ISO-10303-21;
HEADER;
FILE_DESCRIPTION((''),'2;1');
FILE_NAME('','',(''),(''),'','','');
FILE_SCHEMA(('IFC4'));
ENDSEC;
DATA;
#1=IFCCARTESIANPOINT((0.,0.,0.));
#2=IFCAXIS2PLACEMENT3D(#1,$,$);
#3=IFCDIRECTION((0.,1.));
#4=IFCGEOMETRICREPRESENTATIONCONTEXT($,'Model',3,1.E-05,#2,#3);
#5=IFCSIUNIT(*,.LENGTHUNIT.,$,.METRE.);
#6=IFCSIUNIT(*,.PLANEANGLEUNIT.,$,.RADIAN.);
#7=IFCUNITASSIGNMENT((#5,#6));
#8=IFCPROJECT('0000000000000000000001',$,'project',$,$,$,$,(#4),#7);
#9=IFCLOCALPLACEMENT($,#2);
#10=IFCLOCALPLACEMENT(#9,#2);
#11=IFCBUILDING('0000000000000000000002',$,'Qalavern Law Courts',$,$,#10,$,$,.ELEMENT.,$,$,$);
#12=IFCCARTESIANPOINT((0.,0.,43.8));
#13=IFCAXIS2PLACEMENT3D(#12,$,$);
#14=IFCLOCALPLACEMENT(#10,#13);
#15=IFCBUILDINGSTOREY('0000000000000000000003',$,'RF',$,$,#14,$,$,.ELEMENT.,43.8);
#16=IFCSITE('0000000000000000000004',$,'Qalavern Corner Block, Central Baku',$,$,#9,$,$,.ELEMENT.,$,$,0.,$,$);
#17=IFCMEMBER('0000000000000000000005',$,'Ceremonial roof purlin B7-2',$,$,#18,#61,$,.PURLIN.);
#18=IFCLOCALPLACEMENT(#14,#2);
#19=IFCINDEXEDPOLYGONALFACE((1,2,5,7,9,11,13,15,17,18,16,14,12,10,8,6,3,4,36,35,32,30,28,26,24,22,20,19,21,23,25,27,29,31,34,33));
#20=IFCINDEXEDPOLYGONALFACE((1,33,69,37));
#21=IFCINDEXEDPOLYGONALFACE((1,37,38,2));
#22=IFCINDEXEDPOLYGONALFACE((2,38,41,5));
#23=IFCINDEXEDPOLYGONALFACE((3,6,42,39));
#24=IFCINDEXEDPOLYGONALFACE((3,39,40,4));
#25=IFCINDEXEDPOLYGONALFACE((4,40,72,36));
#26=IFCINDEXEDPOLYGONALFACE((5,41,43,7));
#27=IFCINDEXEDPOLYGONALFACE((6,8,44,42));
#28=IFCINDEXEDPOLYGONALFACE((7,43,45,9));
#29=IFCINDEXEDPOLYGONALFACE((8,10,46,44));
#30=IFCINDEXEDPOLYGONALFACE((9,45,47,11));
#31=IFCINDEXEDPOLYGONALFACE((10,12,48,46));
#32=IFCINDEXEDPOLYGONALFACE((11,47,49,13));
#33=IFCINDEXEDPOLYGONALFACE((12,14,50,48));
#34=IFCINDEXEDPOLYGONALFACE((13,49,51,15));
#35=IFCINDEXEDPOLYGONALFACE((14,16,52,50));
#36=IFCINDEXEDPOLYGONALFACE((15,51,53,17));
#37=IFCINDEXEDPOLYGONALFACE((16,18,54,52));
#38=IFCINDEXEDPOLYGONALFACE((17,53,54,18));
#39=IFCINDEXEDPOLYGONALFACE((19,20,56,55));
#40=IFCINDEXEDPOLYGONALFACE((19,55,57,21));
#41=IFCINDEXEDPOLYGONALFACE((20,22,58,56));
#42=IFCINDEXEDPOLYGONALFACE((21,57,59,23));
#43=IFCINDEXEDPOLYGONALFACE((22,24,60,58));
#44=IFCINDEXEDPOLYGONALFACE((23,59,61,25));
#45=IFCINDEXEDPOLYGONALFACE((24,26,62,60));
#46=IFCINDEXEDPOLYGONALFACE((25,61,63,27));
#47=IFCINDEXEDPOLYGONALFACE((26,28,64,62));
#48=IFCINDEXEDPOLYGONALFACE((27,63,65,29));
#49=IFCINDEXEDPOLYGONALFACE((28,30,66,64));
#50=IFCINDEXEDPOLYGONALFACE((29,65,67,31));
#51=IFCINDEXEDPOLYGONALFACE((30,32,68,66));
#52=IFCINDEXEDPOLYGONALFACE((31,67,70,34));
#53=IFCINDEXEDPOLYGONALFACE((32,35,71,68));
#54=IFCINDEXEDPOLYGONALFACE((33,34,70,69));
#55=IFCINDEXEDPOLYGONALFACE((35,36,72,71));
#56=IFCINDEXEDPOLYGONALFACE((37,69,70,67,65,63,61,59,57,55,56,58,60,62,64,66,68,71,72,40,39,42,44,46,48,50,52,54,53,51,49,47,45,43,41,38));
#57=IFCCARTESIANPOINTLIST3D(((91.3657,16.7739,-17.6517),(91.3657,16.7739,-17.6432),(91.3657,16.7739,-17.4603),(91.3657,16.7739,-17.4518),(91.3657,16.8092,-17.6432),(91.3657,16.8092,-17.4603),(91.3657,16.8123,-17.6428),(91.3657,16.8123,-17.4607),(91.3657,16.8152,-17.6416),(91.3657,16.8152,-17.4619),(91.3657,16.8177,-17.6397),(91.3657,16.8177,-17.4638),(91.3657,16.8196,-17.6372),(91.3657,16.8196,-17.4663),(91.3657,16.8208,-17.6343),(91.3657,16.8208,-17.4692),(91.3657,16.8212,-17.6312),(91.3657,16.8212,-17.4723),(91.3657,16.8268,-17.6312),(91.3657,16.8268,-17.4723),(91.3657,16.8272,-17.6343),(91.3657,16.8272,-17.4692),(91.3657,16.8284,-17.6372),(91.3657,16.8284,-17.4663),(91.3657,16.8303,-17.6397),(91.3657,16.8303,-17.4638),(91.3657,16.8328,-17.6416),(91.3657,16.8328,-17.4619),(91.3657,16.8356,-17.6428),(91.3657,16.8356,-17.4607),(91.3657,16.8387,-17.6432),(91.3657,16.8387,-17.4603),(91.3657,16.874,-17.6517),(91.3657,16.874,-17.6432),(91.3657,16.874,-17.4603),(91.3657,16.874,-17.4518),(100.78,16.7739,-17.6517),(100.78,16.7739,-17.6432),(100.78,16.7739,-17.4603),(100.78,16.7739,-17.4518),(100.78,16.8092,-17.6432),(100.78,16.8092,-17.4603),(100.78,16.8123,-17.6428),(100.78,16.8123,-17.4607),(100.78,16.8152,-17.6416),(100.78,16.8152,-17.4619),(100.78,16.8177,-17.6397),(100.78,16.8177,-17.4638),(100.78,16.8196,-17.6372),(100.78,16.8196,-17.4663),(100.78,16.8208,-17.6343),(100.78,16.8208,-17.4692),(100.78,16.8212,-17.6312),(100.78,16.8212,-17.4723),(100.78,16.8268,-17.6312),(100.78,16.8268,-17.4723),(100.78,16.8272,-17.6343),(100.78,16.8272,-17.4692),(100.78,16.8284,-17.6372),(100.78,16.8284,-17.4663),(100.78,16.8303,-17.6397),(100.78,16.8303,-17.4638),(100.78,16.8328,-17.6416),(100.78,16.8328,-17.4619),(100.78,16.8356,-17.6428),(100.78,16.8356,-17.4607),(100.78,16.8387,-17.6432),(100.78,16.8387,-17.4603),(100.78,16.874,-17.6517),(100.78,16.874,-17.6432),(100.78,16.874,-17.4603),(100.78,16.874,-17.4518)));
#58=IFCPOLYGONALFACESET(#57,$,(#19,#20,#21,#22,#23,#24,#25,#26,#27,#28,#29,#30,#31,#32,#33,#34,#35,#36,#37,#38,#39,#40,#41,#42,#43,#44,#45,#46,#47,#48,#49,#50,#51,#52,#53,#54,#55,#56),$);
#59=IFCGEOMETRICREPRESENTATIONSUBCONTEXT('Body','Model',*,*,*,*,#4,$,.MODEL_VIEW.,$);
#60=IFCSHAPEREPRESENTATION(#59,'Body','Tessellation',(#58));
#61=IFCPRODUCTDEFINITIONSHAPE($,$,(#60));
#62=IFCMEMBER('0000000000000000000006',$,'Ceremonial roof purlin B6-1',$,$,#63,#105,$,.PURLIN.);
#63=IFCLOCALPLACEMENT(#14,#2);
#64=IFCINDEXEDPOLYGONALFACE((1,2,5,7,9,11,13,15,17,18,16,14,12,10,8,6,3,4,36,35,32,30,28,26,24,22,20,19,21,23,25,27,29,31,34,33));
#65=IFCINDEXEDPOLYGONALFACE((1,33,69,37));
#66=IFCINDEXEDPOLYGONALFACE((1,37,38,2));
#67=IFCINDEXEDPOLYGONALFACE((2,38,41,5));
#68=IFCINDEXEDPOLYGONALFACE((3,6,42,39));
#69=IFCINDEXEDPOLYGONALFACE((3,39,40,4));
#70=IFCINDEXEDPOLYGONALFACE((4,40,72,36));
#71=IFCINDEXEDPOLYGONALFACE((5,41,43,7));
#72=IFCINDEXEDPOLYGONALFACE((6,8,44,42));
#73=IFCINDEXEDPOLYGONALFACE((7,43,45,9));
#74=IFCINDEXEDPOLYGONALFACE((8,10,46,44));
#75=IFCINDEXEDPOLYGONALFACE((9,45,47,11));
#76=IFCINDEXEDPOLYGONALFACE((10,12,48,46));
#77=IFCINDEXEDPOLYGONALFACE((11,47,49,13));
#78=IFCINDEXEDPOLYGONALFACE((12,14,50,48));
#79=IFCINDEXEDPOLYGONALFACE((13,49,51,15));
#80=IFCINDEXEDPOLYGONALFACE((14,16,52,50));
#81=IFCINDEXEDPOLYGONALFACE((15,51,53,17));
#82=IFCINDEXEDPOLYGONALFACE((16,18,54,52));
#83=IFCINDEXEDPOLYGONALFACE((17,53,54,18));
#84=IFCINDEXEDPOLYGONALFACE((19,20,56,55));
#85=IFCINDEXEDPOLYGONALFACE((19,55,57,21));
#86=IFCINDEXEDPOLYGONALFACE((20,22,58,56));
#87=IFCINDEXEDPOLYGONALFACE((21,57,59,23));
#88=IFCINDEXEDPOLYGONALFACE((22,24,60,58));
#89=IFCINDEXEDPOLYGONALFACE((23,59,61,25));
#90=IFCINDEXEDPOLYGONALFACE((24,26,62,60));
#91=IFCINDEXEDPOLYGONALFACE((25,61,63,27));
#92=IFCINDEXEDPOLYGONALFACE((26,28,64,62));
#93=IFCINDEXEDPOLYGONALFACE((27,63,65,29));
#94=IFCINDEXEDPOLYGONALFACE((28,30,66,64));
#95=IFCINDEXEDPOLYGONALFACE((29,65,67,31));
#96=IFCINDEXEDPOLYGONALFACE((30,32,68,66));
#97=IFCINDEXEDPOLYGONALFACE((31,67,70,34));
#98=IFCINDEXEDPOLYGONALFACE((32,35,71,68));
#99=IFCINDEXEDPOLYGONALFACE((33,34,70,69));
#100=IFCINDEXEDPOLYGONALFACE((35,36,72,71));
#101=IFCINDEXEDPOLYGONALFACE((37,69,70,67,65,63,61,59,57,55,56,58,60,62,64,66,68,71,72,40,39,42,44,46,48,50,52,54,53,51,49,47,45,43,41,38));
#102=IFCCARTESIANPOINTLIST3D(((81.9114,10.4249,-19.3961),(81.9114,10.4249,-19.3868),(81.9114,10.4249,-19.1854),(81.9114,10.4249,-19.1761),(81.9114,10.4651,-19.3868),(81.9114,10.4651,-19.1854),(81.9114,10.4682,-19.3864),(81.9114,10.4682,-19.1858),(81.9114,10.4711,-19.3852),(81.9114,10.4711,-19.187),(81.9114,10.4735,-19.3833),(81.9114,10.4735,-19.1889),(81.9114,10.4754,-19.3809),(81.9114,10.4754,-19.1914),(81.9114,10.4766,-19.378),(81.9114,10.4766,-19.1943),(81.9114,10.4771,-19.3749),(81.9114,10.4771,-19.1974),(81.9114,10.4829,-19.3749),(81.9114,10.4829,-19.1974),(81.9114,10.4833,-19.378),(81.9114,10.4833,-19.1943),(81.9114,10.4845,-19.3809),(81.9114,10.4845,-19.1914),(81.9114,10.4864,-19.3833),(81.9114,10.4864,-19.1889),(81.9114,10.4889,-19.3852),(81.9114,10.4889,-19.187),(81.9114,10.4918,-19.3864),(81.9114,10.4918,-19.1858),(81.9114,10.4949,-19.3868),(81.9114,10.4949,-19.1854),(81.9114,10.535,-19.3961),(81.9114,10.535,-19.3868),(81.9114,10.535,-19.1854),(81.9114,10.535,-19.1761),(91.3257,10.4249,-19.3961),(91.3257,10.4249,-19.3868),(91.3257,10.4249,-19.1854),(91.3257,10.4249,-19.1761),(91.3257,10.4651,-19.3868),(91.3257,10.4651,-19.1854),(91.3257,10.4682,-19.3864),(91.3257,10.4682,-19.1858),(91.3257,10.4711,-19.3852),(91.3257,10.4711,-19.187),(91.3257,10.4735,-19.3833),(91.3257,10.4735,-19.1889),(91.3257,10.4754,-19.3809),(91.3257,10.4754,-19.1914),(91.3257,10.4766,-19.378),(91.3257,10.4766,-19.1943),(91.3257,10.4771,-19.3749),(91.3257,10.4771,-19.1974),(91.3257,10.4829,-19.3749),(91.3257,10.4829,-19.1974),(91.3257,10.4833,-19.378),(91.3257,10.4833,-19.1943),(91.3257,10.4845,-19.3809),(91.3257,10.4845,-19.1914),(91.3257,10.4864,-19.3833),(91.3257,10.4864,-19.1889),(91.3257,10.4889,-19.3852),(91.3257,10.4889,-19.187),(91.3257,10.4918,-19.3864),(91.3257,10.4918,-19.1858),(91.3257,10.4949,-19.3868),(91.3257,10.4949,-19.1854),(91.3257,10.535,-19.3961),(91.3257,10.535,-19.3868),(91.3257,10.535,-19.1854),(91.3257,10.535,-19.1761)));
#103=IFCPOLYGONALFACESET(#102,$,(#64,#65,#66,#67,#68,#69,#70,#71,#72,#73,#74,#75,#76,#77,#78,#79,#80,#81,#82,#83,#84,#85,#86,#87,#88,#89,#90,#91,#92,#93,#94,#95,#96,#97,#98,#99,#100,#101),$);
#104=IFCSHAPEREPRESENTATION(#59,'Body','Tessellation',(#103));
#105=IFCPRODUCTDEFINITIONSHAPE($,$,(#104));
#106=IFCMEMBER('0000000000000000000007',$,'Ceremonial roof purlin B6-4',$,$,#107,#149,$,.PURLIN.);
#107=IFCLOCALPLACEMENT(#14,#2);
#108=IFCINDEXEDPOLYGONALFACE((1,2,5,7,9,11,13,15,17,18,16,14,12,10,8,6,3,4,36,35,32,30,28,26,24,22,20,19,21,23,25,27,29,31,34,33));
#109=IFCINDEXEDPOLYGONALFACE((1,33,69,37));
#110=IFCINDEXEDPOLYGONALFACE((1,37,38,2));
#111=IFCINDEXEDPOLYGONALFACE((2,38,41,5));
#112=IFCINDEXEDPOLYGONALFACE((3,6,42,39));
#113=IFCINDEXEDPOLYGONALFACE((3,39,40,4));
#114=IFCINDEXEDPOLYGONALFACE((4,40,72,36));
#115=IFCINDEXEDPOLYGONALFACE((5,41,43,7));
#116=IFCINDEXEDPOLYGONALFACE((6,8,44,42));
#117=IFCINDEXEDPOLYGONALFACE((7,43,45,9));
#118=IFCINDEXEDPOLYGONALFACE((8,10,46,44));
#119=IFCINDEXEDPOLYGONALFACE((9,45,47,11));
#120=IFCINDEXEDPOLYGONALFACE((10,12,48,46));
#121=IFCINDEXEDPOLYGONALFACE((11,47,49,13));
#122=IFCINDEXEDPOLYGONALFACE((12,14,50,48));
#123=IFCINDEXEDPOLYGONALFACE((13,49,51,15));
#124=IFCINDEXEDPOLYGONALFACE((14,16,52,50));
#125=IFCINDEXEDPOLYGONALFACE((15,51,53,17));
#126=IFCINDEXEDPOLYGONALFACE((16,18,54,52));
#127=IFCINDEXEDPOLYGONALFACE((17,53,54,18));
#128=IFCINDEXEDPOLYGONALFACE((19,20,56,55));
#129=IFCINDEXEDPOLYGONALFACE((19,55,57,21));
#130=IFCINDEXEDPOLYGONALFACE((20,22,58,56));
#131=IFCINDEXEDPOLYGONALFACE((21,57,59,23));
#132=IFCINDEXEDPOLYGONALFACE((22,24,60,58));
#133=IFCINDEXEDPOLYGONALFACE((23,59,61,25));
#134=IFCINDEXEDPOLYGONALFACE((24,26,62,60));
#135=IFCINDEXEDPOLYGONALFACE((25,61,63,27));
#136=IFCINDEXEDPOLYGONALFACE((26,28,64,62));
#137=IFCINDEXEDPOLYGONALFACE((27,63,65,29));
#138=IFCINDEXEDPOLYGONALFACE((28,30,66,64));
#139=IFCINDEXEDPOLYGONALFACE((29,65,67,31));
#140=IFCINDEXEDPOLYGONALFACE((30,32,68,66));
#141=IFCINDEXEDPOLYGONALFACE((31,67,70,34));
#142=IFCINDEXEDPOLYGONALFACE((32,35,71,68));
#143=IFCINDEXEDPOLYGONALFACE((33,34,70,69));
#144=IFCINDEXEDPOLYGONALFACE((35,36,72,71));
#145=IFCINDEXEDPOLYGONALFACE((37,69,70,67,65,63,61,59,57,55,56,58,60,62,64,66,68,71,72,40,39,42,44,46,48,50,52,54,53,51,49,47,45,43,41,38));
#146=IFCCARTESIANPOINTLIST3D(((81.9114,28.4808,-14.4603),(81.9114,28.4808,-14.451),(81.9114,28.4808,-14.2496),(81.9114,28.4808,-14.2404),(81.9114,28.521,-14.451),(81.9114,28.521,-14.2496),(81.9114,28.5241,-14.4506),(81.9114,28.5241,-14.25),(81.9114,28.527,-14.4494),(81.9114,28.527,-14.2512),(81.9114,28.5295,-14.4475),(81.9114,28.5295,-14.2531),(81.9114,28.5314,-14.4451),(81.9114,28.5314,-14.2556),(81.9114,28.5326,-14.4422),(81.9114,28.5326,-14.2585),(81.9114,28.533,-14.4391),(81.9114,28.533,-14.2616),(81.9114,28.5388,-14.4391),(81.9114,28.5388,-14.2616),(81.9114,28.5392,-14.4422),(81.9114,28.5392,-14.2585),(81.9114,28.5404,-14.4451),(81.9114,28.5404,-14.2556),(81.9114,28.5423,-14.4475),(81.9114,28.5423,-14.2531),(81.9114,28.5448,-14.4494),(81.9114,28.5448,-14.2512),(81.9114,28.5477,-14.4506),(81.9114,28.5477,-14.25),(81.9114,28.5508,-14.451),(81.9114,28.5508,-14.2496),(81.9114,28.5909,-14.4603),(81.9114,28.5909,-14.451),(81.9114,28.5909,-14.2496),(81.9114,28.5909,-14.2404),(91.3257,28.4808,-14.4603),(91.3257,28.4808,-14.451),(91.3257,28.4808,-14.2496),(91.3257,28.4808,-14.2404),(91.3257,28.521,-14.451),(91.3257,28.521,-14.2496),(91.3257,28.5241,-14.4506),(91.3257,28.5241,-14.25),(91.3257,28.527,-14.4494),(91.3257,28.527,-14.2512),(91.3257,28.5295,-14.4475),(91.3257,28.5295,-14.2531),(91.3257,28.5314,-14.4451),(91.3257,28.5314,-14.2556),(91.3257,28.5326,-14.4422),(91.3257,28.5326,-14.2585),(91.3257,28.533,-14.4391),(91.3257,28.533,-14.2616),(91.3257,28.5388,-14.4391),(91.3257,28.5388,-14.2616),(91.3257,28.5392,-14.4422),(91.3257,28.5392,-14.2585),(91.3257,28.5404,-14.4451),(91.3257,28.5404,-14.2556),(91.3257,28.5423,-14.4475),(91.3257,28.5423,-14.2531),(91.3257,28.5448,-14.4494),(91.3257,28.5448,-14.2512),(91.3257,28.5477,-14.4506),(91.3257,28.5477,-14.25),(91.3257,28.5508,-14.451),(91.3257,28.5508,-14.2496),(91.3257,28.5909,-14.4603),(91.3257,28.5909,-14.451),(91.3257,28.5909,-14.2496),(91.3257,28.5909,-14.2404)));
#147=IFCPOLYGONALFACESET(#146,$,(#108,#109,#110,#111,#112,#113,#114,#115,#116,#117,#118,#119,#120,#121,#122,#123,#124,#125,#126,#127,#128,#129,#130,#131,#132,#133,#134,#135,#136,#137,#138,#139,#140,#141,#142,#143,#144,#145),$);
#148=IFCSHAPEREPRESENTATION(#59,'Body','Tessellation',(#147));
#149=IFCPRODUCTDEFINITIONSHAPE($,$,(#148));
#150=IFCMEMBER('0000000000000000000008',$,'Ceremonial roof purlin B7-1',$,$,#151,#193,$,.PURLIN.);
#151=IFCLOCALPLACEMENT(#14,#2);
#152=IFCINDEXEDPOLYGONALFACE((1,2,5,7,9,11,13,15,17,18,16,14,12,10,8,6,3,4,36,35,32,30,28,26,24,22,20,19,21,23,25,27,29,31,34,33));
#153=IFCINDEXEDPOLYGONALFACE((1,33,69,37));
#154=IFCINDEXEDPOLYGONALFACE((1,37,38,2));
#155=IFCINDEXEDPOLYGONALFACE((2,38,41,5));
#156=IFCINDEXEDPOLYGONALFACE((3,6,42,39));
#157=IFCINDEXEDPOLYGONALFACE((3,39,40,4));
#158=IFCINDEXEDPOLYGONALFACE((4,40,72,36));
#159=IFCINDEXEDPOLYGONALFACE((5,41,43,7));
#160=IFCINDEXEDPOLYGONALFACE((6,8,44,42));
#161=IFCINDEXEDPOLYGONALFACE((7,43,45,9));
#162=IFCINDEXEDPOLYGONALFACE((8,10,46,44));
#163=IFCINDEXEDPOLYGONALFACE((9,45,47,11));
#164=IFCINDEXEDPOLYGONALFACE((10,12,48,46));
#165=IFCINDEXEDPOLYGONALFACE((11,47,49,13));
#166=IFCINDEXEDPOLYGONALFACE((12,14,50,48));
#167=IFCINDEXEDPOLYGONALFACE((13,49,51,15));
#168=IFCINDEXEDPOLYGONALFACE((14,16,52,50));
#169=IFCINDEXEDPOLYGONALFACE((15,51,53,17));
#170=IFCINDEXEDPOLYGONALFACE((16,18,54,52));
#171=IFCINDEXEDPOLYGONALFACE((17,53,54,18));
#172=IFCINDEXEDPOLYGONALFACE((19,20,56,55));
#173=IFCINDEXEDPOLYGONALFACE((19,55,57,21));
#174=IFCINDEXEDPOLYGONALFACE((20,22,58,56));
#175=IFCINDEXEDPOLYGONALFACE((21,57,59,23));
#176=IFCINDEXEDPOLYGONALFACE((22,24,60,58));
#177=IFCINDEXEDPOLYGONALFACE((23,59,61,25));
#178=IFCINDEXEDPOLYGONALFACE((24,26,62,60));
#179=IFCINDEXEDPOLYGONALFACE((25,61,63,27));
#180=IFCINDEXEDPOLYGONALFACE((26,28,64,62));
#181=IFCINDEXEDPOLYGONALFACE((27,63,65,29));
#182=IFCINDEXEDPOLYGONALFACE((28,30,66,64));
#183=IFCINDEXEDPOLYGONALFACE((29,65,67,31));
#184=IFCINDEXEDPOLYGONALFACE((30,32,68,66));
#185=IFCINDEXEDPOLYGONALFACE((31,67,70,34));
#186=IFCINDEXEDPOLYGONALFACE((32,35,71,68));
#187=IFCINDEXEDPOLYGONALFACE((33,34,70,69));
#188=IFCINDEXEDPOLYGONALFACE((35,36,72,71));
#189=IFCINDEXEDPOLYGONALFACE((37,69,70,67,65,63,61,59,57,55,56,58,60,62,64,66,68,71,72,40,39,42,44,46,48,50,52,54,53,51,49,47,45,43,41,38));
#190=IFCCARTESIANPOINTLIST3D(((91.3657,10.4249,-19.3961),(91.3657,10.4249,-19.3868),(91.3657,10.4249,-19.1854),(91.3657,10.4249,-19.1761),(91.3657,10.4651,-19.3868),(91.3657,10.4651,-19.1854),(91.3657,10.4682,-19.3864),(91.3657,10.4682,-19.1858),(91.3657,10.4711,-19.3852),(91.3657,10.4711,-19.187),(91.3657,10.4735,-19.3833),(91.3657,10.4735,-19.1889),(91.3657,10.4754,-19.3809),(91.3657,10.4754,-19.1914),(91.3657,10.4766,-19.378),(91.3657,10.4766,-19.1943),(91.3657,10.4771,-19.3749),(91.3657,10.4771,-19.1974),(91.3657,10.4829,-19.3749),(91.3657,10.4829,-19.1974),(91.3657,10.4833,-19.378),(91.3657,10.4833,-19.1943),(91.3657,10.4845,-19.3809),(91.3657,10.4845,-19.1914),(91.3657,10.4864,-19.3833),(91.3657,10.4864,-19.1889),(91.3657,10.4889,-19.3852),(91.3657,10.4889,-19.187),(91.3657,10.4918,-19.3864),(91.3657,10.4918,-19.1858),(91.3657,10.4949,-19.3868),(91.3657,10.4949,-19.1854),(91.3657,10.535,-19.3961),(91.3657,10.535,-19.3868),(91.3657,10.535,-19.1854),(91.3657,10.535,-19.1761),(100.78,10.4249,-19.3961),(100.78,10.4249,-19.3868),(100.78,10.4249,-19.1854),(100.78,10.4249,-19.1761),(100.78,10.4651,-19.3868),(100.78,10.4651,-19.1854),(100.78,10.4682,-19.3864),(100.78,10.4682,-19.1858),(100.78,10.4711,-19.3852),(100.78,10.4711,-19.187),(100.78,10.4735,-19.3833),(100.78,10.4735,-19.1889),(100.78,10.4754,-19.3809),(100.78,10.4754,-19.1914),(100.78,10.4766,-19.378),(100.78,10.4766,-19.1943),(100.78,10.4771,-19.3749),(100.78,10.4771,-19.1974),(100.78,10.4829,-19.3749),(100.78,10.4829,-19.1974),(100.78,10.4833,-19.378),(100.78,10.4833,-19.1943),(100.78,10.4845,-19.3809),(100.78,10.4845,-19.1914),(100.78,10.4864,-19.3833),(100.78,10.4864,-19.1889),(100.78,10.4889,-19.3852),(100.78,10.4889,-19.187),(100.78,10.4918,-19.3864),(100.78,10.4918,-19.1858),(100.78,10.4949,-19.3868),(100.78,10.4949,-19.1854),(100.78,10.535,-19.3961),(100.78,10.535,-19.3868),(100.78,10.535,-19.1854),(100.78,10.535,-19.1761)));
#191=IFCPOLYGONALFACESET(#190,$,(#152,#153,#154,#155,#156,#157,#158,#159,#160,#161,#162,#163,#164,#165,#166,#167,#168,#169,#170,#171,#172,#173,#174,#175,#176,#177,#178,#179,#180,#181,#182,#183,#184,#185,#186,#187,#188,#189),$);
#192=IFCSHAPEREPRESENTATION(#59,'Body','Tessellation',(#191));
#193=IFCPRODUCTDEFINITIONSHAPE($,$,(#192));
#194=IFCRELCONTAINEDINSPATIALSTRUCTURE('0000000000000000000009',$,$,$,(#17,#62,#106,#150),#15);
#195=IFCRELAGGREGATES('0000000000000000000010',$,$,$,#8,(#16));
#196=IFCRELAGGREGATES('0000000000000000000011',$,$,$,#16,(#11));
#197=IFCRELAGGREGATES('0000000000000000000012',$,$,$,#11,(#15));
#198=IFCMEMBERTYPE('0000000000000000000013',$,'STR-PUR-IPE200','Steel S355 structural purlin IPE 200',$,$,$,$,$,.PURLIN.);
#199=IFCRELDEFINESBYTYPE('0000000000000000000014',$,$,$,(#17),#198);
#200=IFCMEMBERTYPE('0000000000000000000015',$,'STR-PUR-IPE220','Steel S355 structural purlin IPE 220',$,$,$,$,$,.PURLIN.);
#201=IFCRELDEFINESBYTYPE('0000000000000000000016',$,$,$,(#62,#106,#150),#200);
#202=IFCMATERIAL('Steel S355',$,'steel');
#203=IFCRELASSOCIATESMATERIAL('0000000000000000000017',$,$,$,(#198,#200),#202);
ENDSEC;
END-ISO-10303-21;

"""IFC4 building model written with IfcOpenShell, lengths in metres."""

from ifc_helpers import new_model, si_unit, direction, frame, origin, origin_2d, place, context, subcontext, project, spatial, i_section, extrude, material, material_profile, profile_set, type_object, element, save


model = new_model("IFC4")

# Units and contexts
model_context = context("Model", 3, precision=1e-05, world=origin(), true_north=direction((0.0, 1.0)))
body_context = subcontext(model_context, "Body", "Model", "MODEL_VIEW")
ifc_project = project(units=[si_unit("LENGTHUNIT", "METRE"), si_unit("PLANEANGLEUNIT", "RADIAN")], contexts=[model_context])

# Site, building, storey
site_placement = place(None, origin())
site = spatial("IfcSite", under=ifc_project, at=site_placement, Name="Qalavern Corner Block, Central Baku", CompositionType="ELEMENT", RefElevation=0.0)
building_placement = place(site_placement, origin())
building = spatial("IfcBuilding", under=site, at=building_placement, Name="Qalavern Law Courts", CompositionType="ELEMENT")
storey_placement = place(building_placement, frame((0.0, 0.0, 43.8)))
storey = spatial("IfcBuildingStorey", under=building, at=storey_placement, Name="RF", CompositionType="ELEMENT", Elevation=43.8)

# Shared definitions
ifc_material_1 = material(Name="Steel S355", Category="steel")

# Members
ifc_material_profile_1 = material_profile(ifc_material_1, i_section(OverallWidth=0.1001, OverallDepth=0.2, WebThickness=0.0056, FlangeThickness=0.0085, FilletRadius=0.012, at=origin_2d()), Name="IPE 200")
ifc_profile_set_1 = profile_set([ifc_material_profile_1], Name="Steel S355")
member_type_1 = type_object("IfcMemberType", Name="STR-PUR-IPE200", Description="Steel S355 structural purlin IPE 200", PredefinedType="PURLIN", material=ifc_profile_set_1)
for number, where, z_axis, x_axis, name in (
    (1, (91.3657, 16.824, -17.5518), (1.0, 0.0, 0.0), (0.0, 1.0, 0.0), "Ceremonial roof purlin B7-2"),
):
    element("IfcMember", number, at=place(storey_placement, frame(where, z_axis=z_axis, x_axis=x_axis)), inside=storey, type_object=member_type_1, Name=name, PredefinedType="PURLIN", context=body_context, shape_type="SweptSolid", body=[
        extrude(i_section(OverallWidth=0.1001, OverallDepth=0.2, WebThickness=0.0056, FlangeThickness=0.0085, FilletRadius=0.012, at=origin_2d()), origin(), (0.0, 0.0, 1.0), 9.4143),
    ])
ifc_material_profile_2 = material_profile(ifc_material_1, i_section(OverallWidth=0.1101, OverallDepth=0.22, WebThickness=0.0059, FlangeThickness=0.0093, FilletRadius=0.012, at=origin_2d()), Name="IPE 220")
ifc_profile_set_2 = profile_set([ifc_material_profile_2], Name="Steel S355")
member_type_2 = type_object("IfcMemberType", Name="STR-PUR-IPE220", Description="Steel S355 structural purlin IPE 220", PredefinedType="PURLIN", material=ifc_profile_set_2)
for number, where, z_axis, x_axis, name in (
    (2, (81.9114, 10.48, -19.2861), (1.0, 0.0, 0.0), (0.0, 1.0, 0.0), "Ceremonial roof purlin B6-1"),
    (3, (81.9114, 28.5359, -14.3503), (1.0, 0.0, 0.0), (0.0, 1.0, 0.0), "Ceremonial roof purlin B6-4"),
    (4, (91.3657, 10.48, -19.2861), (1.0, 0.0, 0.0), (0.0, 1.0, 0.0), "Ceremonial roof purlin B7-1"),
):
    element("IfcMember", number, at=place(storey_placement, frame(where, z_axis=z_axis, x_axis=x_axis)), inside=storey, type_object=member_type_2, Name=name, PredefinedType="PURLIN", context=body_context, shape_type="SweptSolid", body=[
        extrude(i_section(OverallWidth=0.1101, OverallDepth=0.22, WebThickness=0.0059, FlangeThickness=0.0093, FilletRadius=0.012, at=origin_2d()), origin(), (0.0, 0.0, 1.0), 9.4143),
    ])

save(model, "model.ifc")
